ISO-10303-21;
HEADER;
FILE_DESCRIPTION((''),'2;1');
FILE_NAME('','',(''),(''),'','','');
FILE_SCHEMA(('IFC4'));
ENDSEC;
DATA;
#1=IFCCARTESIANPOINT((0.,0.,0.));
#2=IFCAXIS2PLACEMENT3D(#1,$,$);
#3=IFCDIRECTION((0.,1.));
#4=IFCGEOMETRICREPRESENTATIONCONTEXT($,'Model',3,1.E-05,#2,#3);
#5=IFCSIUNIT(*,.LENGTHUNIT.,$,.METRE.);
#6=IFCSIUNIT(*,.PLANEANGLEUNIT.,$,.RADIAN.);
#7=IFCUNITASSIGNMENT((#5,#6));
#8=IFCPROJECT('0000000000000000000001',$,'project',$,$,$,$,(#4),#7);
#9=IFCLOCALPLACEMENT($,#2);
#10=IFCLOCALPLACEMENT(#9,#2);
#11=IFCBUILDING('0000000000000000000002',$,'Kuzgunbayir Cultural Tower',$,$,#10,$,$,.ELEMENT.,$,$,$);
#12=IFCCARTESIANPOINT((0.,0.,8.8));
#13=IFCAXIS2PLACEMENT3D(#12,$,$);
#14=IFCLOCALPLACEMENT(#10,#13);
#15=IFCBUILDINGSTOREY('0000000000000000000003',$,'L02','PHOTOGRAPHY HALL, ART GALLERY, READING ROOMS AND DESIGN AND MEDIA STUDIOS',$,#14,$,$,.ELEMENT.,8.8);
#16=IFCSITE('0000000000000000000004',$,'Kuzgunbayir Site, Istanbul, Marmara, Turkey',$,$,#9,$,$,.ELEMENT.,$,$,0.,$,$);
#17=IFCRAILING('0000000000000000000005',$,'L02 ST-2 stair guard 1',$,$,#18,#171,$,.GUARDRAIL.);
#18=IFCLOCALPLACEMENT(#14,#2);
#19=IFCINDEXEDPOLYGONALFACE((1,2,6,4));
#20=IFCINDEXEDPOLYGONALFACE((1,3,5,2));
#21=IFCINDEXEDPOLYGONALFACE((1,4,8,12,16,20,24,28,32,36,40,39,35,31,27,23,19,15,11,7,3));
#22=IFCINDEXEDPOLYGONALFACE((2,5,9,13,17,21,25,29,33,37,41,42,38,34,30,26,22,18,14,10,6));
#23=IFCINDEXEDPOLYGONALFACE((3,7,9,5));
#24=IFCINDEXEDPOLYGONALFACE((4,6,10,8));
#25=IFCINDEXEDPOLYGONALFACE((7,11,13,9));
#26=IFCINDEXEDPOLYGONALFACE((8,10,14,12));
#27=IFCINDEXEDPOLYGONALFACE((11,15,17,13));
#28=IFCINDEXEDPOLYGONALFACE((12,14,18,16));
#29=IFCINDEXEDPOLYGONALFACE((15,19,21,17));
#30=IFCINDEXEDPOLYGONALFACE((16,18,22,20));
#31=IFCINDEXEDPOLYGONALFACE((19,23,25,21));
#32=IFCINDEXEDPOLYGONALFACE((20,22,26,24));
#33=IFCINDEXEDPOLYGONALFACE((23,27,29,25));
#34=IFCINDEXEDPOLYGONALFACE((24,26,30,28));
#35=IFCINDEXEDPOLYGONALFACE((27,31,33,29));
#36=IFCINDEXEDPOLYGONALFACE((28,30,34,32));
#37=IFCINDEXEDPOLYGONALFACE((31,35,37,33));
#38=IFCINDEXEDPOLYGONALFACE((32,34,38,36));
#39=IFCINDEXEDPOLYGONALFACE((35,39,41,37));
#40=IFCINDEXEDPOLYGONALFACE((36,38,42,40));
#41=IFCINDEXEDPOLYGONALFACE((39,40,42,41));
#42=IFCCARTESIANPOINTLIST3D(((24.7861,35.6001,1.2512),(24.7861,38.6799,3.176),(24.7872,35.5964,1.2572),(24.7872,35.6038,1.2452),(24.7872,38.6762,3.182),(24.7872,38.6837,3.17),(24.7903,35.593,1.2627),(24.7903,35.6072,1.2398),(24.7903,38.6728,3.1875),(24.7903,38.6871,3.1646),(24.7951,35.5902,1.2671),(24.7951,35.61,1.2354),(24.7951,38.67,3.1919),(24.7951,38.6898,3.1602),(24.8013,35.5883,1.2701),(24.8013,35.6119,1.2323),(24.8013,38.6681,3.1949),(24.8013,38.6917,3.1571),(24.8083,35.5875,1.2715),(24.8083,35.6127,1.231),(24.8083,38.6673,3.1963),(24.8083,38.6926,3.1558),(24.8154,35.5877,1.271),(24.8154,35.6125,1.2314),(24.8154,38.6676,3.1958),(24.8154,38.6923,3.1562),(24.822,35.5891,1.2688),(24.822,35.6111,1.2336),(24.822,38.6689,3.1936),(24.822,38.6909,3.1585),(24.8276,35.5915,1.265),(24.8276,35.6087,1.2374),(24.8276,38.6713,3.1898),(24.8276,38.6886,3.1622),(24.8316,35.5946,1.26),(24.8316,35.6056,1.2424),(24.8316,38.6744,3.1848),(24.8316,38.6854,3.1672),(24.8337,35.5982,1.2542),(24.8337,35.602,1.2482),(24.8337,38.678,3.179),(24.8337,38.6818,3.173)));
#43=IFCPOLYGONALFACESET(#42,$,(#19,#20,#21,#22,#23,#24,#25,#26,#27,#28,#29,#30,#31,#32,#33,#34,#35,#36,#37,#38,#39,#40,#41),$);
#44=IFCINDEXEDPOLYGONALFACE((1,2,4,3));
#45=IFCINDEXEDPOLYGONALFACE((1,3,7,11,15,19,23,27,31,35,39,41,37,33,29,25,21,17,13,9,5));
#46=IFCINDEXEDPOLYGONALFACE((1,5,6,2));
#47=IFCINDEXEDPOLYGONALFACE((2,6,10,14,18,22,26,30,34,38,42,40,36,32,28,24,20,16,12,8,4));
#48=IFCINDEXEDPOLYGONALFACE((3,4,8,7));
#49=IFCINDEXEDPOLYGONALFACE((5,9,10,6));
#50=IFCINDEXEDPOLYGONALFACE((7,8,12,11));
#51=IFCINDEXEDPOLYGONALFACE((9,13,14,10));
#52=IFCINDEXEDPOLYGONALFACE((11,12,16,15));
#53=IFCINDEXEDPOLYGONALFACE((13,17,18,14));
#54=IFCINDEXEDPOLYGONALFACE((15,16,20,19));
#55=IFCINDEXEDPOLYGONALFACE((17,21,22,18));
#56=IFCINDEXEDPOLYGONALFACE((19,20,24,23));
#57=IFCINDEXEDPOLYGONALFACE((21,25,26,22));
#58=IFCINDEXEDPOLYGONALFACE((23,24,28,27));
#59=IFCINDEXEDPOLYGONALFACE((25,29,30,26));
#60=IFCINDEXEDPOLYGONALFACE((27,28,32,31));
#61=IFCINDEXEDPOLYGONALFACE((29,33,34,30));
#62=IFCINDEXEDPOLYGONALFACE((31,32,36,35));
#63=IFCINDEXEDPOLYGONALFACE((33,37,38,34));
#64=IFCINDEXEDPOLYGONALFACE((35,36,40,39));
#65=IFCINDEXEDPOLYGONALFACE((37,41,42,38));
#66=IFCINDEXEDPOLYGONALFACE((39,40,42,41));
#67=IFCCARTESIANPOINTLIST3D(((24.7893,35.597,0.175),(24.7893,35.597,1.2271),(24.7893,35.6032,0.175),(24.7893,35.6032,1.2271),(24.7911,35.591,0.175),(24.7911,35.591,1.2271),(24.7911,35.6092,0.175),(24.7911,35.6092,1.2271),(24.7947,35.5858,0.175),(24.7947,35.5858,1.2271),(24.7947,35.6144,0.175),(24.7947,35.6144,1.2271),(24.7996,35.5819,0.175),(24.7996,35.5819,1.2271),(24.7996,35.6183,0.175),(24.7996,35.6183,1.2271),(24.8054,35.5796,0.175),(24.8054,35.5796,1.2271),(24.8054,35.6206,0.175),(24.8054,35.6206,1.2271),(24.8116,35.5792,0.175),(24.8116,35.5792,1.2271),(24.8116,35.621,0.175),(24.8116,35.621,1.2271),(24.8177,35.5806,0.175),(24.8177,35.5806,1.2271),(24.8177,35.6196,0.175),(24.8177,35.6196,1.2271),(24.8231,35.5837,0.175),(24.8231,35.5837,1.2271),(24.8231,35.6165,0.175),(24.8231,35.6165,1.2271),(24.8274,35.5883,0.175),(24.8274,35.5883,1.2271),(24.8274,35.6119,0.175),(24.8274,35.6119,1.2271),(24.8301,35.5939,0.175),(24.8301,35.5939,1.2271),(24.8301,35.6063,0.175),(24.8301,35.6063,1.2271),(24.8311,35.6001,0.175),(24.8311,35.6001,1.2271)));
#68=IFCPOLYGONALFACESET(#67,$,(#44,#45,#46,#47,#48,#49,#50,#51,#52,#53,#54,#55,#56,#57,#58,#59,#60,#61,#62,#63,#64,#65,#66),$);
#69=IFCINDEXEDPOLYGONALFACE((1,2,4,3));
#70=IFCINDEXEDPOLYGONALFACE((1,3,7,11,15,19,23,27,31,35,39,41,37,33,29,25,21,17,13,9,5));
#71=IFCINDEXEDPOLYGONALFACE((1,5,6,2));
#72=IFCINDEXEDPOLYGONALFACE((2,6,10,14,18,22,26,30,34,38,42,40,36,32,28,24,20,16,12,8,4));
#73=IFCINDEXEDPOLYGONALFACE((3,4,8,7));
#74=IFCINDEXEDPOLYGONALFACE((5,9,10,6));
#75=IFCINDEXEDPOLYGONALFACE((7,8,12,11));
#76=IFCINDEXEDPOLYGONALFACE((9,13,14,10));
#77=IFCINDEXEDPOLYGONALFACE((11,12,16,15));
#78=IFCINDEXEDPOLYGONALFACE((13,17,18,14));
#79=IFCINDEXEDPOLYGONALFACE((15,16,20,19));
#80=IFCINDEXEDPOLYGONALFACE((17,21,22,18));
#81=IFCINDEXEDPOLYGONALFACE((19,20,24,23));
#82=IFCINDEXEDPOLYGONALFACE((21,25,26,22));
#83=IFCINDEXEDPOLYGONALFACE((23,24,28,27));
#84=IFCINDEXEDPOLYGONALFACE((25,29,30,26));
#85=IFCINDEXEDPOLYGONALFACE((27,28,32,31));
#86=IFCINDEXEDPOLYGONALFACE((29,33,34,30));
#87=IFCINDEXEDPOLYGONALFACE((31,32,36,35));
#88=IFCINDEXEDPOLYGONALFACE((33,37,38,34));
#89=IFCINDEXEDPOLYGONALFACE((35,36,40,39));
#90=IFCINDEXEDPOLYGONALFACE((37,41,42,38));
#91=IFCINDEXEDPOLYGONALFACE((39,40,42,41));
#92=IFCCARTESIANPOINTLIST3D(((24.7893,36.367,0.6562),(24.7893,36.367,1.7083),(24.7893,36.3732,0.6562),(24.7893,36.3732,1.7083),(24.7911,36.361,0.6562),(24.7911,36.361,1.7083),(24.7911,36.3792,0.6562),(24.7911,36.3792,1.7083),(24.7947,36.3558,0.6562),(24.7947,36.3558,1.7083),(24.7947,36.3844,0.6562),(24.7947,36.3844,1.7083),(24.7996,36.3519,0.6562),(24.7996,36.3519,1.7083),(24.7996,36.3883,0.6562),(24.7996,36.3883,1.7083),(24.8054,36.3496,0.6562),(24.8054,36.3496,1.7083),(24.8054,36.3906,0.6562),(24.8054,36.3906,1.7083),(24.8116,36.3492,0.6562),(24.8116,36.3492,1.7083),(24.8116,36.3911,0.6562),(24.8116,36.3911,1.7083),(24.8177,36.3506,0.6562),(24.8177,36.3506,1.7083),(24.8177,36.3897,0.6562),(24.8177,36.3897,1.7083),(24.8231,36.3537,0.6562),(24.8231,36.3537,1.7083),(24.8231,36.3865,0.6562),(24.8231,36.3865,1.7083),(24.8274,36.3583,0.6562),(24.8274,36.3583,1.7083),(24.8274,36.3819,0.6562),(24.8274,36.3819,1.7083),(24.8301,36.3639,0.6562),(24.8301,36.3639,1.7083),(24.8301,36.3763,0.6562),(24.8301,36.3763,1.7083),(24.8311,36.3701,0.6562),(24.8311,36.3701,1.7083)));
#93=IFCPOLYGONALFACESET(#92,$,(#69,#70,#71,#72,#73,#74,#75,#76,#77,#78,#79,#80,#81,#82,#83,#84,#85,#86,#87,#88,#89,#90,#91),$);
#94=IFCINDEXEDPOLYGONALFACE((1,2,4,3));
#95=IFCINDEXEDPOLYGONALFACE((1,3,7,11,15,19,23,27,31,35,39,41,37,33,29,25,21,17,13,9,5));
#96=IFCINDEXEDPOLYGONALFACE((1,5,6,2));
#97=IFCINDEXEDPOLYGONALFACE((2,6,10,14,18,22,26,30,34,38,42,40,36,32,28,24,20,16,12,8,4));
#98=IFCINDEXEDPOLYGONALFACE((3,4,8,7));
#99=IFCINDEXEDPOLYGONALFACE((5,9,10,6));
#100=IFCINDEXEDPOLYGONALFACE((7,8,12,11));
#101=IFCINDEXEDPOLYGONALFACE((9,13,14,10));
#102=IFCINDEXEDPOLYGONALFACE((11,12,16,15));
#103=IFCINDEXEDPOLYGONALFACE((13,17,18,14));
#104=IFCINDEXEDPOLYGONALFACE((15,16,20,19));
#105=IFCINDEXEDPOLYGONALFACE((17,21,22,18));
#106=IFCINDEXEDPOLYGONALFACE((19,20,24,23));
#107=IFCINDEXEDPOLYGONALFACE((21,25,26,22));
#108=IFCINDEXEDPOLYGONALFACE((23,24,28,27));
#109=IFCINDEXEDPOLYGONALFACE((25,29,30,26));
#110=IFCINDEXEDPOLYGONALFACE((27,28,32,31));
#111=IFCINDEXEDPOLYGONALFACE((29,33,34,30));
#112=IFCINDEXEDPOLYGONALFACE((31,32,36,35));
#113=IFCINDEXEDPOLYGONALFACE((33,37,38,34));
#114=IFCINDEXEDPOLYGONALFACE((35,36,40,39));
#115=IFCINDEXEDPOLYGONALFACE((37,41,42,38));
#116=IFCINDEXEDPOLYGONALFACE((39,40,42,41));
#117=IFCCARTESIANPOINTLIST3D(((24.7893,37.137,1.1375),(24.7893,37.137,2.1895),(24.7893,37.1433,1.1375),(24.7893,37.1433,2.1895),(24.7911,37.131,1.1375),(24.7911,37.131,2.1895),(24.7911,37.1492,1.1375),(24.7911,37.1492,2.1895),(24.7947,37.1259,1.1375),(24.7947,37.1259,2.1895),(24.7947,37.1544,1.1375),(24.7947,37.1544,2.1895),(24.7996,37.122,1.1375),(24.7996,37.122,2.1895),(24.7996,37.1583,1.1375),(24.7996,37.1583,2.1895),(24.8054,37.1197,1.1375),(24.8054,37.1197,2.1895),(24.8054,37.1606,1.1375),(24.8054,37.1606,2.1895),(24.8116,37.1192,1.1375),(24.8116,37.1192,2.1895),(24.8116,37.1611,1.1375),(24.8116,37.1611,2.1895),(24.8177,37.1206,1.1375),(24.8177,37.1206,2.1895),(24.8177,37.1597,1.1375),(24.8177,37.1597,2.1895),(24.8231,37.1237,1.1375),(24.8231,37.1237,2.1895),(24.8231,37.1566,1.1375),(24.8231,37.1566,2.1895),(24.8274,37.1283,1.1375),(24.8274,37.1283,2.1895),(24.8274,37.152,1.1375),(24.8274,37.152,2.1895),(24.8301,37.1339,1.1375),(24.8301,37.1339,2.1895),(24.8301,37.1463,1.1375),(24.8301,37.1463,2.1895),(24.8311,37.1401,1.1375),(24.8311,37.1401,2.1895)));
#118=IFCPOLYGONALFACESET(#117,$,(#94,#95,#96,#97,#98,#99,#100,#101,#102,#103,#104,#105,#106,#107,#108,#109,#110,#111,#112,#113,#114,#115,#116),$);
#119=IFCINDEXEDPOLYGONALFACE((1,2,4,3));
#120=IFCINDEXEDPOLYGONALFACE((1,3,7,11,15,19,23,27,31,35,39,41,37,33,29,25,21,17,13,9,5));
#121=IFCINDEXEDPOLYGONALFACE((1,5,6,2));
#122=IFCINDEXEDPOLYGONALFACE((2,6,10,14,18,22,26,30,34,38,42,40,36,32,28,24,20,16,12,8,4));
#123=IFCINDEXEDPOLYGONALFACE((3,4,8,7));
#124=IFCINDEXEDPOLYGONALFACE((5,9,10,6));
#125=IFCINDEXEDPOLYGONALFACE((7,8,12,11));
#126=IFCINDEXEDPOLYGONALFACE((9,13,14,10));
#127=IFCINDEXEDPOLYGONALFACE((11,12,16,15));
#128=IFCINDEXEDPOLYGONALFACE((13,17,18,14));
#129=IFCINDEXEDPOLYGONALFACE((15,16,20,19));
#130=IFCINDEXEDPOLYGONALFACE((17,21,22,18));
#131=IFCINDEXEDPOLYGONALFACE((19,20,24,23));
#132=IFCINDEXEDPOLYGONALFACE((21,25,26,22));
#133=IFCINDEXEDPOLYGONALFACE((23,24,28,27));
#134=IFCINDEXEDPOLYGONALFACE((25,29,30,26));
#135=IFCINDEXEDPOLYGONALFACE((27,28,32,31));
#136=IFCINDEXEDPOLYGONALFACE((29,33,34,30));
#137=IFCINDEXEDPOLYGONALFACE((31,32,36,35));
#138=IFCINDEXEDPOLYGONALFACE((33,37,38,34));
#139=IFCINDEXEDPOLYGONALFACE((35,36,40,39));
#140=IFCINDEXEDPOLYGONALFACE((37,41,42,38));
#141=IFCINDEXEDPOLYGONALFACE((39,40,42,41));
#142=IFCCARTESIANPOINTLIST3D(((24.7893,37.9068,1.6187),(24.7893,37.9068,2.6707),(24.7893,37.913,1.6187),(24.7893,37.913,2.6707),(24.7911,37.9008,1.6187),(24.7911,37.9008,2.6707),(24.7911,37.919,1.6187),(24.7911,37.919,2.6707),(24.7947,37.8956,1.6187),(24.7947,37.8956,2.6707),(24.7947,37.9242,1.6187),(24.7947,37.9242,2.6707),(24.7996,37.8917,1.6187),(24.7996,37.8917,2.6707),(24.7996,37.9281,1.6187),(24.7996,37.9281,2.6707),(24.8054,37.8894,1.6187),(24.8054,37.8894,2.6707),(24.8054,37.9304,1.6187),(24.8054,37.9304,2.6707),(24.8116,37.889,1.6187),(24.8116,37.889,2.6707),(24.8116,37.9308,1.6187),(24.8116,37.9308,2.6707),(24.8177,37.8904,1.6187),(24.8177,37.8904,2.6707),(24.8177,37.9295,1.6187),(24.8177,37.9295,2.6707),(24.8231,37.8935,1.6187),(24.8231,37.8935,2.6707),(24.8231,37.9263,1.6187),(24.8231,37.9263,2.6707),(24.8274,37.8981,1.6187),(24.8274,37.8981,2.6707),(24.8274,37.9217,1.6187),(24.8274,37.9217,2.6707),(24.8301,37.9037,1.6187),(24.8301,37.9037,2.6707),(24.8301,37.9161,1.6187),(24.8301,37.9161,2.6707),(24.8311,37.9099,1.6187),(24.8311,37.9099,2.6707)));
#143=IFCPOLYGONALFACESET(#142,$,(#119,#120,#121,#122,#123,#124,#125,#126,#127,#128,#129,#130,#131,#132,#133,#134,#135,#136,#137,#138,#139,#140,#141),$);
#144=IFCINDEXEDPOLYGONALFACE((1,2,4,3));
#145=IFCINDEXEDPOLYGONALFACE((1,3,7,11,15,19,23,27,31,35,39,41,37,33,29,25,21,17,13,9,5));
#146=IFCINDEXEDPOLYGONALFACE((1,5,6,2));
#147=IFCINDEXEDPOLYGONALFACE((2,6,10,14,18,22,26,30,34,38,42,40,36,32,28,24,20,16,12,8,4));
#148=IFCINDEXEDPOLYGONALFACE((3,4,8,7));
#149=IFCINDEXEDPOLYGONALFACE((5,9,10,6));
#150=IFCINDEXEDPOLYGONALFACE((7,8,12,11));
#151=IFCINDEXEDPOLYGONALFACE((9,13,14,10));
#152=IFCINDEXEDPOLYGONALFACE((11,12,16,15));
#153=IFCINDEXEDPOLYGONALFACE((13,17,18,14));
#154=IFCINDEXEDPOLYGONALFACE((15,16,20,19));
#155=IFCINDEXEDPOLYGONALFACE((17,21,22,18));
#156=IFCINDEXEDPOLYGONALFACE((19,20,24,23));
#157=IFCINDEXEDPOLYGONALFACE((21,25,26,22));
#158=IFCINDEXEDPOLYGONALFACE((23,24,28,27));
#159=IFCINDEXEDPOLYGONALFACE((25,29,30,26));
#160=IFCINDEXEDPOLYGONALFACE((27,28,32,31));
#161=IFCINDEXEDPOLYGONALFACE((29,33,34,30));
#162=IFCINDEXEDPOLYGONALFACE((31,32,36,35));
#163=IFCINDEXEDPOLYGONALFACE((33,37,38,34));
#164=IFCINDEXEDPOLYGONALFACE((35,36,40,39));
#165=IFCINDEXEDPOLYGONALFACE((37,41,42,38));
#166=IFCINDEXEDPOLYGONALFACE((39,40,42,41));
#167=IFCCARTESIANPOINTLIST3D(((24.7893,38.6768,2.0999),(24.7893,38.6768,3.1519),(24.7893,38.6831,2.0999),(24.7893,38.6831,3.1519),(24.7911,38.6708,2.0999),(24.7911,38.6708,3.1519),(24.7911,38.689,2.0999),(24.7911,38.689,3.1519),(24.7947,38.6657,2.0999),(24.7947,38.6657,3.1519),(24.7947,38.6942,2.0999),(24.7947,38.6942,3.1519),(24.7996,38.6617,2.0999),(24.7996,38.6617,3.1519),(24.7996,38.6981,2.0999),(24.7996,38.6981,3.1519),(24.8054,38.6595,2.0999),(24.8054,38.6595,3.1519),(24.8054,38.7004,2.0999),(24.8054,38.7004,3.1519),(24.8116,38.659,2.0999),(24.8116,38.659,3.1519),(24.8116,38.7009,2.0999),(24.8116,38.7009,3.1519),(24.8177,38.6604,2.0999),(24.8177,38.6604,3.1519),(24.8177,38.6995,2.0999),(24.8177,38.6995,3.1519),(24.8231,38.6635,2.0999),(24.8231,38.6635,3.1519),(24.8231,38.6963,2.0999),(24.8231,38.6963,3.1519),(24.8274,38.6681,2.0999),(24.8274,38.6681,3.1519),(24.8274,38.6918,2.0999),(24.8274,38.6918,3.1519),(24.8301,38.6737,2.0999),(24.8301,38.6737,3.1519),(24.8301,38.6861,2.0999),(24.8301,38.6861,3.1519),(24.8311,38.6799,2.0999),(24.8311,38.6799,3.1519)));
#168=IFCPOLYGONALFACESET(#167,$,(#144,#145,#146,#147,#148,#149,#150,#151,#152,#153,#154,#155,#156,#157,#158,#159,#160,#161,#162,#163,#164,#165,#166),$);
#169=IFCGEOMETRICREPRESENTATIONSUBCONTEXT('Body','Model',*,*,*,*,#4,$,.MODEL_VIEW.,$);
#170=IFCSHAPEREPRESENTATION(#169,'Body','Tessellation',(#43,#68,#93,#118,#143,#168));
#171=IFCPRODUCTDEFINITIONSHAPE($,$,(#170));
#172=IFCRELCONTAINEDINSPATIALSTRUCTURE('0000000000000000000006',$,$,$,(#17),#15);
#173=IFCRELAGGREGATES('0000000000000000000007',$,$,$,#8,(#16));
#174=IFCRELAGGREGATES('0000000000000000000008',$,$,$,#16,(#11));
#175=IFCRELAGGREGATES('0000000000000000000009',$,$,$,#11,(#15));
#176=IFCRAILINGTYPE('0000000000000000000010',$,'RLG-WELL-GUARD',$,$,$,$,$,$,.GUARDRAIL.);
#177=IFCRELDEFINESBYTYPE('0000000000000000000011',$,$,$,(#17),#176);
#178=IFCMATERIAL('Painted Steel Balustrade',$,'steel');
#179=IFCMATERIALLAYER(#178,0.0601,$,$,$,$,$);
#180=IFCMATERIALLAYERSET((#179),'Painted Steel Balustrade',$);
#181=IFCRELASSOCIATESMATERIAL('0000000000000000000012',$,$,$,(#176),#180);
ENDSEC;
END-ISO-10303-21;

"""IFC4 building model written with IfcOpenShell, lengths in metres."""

from ifc_helpers import new_model, si_unit, direction, frame, origin, origin_2d, place, context, subcontext, project, spatial, circle, extrude, material, layer, layer_set, type_object, element, save


model = new_model("IFC4")

# Units and contexts
model_context = context("Model", 3, precision=1e-05, world=origin(), true_north=direction((0.0, 1.0)))
body_context = subcontext(model_context, "Body", "Model", "MODEL_VIEW")
ifc_project = project(units=[si_unit("LENGTHUNIT", "METRE"), si_unit("PLANEANGLEUNIT", "RADIAN")], contexts=[model_context])

# Site, building, storey
site_placement = place(None, origin())
site = spatial("IfcSite", under=ifc_project, at=site_placement, Name="Kuzgunbayir Site, Istanbul, Marmara, Turkey", CompositionType="ELEMENT", RefElevation=0.0)
building_placement = place(site_placement, origin())
building = spatial("IfcBuilding", under=site, at=building_placement, Name="Kuzgunbayir Cultural Tower", CompositionType="ELEMENT")
storey_placement = place(building_placement, frame((0.0, 0.0, 8.8)))
storey = spatial("IfcBuildingStorey", under=building, at=storey_placement, Name="L02", Description="PHOTOGRAPHY HALL, ART GALLERY, READING ROOMS AND DESIGN AND MEDIA STUDIOS", CompositionType="ELEMENT", Elevation=8.8)

# Railing
ifc_material_1 = material(Name="Painted Steel Balustrade", Category="steel")
ifc_layer_1 = layer(ifc_material_1, 0.0601)
ifc_layer_set_1 = layer_set([ifc_layer_1], Name="Painted Steel Balustrade")
railing_type_1 = type_object("IfcRailingType", Name="RLG-WELL-GUARD", PredefinedType="GUARDRAIL", material=ifc_layer_set_1)
railing_1_placement = place(storey_placement, frame((24.8101, 35.6001, 0.175)))
element("IfcRailing", 1, at=railing_1_placement, inside=storey, type_object=railing_type_1, Name="L02 ST-2 stair guard 1", PredefinedType="GUARDRAIL", context=body_context, shape_type="SweptSolid", body=[
    extrude(circle(Radius=0.0239, at=origin_2d()), frame((0.0, 0.0, 1.0762), z_axis=(0.0, 0.84801, 0.529981), x_axis=(-1.0, 0.0, 0.0)), (0.0, 0.0, 1.0), 3.6318),
    extrude(circle(Radius=0.021, at=origin_2d()), origin(), (0.0, 0.0, 1.0), 1.052),
    extrude(circle(Radius=0.021, at=origin_2d()), frame((0.0, 0.77, 0.4812)), (0.0, 0.0, 1.0), 1.052),
    extrude(circle(Radius=0.021, at=origin_2d()), frame((0.0, 1.54, 0.9624)), (0.0, 0.0, 1.0), 1.052),
    extrude(circle(Radius=0.021, at=origin_2d()), frame((0.0, 2.3098, 1.4436)), (0.0, 0.0, 1.0), 1.052),
    extrude(circle(Radius=0.021, at=origin_2d()), frame((0.0, 3.0798, 1.9248)), (0.0, 0.0, 1.0), 1.052),
])

save(model, "model.ifc")
